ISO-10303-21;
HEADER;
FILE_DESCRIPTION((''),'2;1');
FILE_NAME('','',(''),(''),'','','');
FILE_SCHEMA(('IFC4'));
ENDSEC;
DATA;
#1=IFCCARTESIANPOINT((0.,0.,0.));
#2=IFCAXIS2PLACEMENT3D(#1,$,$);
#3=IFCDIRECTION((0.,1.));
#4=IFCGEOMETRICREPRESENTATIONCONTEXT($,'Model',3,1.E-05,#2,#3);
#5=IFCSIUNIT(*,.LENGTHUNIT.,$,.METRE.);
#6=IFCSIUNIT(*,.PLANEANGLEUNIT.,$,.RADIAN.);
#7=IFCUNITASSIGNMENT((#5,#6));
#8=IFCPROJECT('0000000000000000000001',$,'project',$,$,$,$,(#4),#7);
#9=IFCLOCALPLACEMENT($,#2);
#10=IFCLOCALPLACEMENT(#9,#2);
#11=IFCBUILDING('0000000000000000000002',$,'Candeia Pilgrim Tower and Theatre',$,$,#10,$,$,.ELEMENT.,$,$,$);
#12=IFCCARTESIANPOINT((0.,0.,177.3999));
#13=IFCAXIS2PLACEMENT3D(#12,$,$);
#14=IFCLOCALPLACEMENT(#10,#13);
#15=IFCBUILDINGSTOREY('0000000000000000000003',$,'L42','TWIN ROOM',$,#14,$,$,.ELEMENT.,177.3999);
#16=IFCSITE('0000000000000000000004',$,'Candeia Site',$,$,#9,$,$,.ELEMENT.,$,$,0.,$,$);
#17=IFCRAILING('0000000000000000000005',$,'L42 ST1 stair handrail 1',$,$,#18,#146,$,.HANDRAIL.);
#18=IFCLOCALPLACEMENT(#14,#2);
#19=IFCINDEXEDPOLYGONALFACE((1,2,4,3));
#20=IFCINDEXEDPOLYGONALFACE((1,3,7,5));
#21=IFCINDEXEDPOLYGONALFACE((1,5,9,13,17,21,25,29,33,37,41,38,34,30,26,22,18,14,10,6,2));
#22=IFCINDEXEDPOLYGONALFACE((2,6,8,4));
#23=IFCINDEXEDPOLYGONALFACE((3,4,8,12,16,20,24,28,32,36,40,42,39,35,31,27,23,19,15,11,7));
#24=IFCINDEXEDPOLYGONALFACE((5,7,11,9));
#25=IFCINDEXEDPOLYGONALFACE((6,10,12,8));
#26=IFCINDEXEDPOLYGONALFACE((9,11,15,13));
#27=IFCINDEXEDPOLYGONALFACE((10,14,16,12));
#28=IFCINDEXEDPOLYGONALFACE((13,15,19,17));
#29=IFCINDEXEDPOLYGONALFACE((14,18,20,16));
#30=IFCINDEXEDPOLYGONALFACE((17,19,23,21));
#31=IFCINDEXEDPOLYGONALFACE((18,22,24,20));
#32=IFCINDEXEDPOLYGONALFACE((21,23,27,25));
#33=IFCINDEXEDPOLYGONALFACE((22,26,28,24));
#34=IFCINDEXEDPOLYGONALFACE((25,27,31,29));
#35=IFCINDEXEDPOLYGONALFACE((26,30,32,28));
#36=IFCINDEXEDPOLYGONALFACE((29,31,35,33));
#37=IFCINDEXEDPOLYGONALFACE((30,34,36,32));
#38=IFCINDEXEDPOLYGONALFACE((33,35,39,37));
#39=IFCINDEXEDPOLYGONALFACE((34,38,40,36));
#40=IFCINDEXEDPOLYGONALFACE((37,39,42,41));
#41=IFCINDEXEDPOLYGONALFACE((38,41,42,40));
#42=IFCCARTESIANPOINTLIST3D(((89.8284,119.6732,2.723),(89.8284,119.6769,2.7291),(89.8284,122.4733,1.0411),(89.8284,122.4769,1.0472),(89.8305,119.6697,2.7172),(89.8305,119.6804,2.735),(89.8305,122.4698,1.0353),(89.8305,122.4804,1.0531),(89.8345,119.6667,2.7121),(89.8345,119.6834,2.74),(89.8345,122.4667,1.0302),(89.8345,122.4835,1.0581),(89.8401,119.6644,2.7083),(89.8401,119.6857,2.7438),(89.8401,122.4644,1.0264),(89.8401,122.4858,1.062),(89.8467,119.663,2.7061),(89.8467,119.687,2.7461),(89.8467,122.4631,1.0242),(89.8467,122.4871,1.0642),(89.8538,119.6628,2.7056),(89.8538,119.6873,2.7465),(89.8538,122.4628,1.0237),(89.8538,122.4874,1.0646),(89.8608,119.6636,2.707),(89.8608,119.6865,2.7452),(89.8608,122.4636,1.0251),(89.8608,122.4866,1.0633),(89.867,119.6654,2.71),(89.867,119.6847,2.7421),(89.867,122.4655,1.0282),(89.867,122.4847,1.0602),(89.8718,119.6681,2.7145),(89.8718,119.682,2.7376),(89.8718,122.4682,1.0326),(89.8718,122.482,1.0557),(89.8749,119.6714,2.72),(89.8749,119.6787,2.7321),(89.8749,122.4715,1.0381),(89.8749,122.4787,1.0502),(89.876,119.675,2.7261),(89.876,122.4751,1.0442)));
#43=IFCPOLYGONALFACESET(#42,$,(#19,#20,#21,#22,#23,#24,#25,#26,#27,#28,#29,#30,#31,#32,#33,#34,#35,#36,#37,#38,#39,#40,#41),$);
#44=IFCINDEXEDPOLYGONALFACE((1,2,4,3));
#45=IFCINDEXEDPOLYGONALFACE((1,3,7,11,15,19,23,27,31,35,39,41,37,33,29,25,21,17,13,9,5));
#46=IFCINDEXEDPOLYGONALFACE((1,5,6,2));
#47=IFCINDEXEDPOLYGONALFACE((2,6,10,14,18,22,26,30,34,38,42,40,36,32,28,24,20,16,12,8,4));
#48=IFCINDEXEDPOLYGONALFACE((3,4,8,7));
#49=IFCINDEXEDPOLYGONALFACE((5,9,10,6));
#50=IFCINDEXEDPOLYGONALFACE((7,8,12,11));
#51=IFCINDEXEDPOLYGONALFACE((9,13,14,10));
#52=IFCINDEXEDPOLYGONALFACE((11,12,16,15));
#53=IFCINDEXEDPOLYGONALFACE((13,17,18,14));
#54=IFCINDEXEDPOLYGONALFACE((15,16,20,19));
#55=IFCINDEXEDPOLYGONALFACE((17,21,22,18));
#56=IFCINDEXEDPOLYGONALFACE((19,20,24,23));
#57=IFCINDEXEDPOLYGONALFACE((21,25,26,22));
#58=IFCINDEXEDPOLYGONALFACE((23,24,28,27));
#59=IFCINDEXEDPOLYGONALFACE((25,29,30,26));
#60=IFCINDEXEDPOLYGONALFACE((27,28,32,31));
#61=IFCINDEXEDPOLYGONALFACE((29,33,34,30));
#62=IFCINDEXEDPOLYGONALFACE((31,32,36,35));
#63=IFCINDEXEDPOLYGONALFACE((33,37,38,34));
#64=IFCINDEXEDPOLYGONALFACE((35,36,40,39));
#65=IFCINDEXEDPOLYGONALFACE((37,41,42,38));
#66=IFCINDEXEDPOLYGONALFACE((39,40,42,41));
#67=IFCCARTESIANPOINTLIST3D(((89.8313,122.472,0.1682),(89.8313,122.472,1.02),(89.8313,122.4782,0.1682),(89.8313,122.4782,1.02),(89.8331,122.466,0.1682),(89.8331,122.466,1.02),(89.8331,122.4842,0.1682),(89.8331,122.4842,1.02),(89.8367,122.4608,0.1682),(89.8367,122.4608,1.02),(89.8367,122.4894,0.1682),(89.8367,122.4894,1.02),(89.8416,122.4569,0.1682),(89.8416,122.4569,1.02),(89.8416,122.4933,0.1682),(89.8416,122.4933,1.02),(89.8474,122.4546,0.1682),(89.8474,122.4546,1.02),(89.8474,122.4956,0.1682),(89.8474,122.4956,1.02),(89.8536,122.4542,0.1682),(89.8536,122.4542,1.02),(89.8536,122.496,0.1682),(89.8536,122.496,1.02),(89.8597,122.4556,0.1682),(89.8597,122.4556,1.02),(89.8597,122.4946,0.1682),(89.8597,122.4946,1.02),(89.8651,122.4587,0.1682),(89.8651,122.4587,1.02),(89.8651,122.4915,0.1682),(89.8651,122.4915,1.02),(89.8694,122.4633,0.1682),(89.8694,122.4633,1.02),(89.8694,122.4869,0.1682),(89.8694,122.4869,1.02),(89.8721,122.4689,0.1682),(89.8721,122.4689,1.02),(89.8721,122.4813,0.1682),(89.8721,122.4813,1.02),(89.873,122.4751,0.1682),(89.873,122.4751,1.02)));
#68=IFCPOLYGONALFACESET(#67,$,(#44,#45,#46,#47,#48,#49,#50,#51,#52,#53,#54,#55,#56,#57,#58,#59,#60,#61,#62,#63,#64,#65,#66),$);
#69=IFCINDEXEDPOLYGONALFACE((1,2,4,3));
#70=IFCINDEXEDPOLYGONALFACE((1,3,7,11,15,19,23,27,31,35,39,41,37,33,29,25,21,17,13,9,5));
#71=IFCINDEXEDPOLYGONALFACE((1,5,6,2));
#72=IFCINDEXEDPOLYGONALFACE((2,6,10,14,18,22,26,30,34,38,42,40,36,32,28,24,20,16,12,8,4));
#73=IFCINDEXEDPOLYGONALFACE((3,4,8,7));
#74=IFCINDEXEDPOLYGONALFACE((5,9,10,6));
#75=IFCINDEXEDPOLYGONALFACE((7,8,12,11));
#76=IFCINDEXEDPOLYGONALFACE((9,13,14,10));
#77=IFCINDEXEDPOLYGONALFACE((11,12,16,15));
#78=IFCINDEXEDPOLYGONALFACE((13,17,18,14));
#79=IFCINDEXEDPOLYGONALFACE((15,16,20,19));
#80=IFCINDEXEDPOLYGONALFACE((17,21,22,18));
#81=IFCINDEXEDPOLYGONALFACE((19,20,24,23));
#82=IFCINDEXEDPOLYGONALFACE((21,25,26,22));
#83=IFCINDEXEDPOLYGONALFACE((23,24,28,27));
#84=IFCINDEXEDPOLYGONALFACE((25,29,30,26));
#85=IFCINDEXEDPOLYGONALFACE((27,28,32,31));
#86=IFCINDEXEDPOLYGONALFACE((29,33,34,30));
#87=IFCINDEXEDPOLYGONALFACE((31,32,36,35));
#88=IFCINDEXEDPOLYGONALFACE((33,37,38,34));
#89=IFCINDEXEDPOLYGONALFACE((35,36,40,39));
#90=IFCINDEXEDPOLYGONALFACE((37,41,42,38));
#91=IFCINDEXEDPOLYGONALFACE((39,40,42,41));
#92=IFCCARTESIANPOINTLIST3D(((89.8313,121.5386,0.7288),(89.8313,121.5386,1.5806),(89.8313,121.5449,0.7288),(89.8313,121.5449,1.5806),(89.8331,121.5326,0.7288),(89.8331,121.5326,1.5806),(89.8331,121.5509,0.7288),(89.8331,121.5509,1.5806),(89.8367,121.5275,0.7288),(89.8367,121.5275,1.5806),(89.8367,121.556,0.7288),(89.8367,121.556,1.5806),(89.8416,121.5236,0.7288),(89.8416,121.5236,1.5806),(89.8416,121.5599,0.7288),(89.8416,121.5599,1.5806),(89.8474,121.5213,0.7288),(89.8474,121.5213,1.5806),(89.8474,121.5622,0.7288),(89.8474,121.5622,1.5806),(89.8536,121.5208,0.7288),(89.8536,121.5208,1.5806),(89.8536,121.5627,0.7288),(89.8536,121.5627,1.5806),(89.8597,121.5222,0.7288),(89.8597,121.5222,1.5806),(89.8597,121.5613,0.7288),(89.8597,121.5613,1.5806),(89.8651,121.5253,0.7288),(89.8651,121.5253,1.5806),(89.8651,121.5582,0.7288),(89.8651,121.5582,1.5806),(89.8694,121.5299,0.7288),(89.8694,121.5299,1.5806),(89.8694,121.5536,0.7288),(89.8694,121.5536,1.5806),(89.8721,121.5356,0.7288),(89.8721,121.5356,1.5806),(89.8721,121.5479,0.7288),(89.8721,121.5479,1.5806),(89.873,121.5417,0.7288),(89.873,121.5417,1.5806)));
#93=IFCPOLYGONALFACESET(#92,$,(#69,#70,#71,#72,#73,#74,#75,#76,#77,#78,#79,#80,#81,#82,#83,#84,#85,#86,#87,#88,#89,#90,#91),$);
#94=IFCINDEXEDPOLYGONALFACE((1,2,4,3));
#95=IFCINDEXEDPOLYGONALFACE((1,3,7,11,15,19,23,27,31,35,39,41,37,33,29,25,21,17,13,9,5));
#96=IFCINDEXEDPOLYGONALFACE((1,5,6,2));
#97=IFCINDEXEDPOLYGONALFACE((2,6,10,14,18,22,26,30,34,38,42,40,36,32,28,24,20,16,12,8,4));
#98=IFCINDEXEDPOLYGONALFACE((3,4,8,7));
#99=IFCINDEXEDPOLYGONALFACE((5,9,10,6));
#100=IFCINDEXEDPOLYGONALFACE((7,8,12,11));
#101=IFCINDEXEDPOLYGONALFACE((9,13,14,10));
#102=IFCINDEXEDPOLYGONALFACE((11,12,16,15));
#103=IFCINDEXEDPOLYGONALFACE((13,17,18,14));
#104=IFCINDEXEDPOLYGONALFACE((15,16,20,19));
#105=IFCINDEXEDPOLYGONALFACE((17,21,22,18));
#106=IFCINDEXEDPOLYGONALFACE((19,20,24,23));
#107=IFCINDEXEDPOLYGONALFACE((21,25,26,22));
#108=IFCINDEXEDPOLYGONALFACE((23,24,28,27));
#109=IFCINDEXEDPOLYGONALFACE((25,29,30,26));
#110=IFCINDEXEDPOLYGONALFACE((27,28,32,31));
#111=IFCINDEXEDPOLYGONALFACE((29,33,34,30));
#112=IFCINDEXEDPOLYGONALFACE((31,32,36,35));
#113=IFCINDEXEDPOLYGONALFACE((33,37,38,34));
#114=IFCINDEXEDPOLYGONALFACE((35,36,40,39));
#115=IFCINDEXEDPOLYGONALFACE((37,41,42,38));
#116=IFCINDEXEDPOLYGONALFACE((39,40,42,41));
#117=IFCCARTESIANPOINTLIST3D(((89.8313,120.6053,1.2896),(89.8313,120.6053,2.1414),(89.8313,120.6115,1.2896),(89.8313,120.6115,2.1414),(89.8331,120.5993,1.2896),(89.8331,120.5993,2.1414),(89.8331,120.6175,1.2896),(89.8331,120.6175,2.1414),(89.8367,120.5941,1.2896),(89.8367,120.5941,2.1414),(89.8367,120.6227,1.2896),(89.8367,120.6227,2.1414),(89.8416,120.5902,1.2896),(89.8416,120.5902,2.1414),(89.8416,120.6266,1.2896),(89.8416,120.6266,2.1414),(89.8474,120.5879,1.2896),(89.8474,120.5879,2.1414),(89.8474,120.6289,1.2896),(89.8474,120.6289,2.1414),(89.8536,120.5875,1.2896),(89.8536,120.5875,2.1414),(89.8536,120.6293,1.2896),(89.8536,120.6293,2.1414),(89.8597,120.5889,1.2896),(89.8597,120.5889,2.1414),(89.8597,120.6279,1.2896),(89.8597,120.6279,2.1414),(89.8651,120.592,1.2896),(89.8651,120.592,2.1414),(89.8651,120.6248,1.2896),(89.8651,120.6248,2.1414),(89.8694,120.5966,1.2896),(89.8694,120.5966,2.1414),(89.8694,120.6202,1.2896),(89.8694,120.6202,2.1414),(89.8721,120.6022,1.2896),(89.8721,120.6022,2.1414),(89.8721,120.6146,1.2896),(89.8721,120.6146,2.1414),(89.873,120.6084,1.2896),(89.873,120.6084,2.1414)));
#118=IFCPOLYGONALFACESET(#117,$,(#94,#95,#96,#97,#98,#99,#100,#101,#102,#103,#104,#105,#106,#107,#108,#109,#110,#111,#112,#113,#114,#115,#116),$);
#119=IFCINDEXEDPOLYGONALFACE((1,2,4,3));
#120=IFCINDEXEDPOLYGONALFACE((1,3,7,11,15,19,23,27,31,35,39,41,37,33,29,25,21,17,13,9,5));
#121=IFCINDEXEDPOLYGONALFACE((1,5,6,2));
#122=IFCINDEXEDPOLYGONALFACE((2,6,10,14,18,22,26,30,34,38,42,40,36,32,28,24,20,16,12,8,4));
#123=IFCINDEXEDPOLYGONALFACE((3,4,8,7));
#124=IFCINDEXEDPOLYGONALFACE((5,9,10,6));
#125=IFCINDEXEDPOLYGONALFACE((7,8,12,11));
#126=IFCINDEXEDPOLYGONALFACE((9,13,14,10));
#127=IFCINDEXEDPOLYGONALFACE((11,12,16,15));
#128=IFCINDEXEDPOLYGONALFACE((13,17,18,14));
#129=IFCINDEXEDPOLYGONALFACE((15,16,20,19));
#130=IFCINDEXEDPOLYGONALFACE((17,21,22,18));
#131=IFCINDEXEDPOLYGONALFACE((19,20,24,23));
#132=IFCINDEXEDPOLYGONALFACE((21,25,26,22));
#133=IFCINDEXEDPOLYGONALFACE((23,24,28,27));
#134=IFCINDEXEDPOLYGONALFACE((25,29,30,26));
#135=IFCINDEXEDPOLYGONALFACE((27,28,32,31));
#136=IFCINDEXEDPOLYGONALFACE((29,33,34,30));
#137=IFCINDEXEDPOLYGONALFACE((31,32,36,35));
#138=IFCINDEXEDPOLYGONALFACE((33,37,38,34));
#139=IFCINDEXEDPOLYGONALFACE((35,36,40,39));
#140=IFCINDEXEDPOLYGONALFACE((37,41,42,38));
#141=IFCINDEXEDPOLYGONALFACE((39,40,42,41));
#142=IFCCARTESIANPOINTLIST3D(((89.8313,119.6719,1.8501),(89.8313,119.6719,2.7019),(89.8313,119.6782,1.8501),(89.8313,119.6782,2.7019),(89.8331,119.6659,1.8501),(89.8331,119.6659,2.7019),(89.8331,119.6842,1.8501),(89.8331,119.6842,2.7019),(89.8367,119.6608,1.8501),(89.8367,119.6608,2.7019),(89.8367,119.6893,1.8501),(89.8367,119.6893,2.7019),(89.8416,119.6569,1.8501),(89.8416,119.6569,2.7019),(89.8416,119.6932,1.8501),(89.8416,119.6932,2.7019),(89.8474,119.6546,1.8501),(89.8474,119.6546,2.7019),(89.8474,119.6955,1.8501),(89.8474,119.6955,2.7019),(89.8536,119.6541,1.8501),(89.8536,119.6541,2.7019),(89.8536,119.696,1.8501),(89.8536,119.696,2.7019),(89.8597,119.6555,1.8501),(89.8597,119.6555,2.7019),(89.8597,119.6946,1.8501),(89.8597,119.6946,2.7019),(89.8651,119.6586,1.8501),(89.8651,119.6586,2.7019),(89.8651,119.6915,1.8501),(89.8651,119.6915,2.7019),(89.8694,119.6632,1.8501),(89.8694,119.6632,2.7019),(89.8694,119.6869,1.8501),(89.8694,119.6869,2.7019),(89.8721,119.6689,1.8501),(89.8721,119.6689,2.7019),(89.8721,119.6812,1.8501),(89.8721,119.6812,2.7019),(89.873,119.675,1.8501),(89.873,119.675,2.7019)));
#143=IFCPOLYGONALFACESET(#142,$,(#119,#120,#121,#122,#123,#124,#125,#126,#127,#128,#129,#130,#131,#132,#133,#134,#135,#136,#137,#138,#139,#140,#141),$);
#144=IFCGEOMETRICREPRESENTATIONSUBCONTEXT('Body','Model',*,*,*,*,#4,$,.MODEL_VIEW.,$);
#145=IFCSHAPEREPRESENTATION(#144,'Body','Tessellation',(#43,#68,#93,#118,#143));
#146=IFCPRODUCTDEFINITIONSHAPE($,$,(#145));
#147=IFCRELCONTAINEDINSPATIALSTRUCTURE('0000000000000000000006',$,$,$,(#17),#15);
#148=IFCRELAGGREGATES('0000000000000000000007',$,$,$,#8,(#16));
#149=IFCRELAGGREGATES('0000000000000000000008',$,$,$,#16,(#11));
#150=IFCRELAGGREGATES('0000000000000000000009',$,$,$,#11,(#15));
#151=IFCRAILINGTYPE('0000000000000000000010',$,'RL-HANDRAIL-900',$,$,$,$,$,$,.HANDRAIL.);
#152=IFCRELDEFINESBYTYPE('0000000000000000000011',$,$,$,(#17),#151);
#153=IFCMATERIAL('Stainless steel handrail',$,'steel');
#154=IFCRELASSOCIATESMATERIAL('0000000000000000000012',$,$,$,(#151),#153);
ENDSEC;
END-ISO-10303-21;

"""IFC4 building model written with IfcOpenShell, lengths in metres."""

from ifc_helpers import new_model, si_unit, direction, frame, origin, origin_2d, place, context, subcontext, project, spatial, circle, extrude, material, type_object, element, save


model = new_model("IFC4")

# Units and contexts
model_context = context("Model", 3, precision=1e-05, world=origin(), true_north=direction((0.0, 1.0)))
body_context = subcontext(model_context, "Body", "Model", "MODEL_VIEW")
ifc_project = project(units=[si_unit("LENGTHUNIT", "METRE"), si_unit("PLANEANGLEUNIT", "RADIAN")], contexts=[model_context])

# Site, building, storey
site_placement = place(None, origin())
site = spatial("IfcSite", under=ifc_project, at=site_placement, Name="Candeia Site", CompositionType="ELEMENT", RefElevation=0.0)
building_placement = place(site_placement, origin())
building = spatial("IfcBuilding", under=site, at=building_placement, Name="Candeia Pilgrim Tower and Theatre", CompositionType="ELEMENT")
storey_placement = place(building_placement, frame((0.0, 0.0, 177.3999)))
storey = spatial("IfcBuildingStorey", under=building, at=storey_placement, Name="L42", Description="TWIN ROOM", CompositionType="ELEMENT", Elevation=177.3999)

# Railing
ifc_material_1 = material(Name="Stainless steel handrail", Category="steel")
railing_type_1 = type_object("IfcRailingType", Name="RL-HANDRAIL-900", PredefinedType="HANDRAIL", material=ifc_material_1)
railing_1_placement = place(storey_placement, frame((89.8521, 122.4751, 0.1682)))
element("IfcRailing", 1, at=railing_1_placement, inside=storey, type_object=railing_type_1, Name="L42 ST1 stair handrail 1", PredefinedType="HANDRAIL", context=body_context, shape_type="SweptSolid", body=[
    extrude(circle(Radius=0.0239, at=origin_2d()), frame((0.0, 0.0, 0.876), z_axis=(0.0, -0.857242, 0.514913), x_axis=(1.0, 0.0, 0.0)), (0.0, 0.0, 1.0), 3.2664),
    extrude(circle(Radius=0.021, at=origin_2d()), origin(), (0.0, 0.0, 1.0), 0.8518),
    extrude(circle(Radius=0.021, at=origin_2d()), frame((0.0, -0.9333, 0.5605)), (0.0, 0.0, 1.0), 0.8518),
    extrude(circle(Radius=0.021, at=origin_2d()), frame((0.0, -1.8667, 1.1213)), (0.0, 0.0, 1.0), 0.8518),
    extrude(circle(Radius=0.021, at=origin_2d()), frame((0.0, -2.8, 1.6819)), (0.0, 0.0, 1.0), 0.8518),
])

save(model, "model.ifc")
